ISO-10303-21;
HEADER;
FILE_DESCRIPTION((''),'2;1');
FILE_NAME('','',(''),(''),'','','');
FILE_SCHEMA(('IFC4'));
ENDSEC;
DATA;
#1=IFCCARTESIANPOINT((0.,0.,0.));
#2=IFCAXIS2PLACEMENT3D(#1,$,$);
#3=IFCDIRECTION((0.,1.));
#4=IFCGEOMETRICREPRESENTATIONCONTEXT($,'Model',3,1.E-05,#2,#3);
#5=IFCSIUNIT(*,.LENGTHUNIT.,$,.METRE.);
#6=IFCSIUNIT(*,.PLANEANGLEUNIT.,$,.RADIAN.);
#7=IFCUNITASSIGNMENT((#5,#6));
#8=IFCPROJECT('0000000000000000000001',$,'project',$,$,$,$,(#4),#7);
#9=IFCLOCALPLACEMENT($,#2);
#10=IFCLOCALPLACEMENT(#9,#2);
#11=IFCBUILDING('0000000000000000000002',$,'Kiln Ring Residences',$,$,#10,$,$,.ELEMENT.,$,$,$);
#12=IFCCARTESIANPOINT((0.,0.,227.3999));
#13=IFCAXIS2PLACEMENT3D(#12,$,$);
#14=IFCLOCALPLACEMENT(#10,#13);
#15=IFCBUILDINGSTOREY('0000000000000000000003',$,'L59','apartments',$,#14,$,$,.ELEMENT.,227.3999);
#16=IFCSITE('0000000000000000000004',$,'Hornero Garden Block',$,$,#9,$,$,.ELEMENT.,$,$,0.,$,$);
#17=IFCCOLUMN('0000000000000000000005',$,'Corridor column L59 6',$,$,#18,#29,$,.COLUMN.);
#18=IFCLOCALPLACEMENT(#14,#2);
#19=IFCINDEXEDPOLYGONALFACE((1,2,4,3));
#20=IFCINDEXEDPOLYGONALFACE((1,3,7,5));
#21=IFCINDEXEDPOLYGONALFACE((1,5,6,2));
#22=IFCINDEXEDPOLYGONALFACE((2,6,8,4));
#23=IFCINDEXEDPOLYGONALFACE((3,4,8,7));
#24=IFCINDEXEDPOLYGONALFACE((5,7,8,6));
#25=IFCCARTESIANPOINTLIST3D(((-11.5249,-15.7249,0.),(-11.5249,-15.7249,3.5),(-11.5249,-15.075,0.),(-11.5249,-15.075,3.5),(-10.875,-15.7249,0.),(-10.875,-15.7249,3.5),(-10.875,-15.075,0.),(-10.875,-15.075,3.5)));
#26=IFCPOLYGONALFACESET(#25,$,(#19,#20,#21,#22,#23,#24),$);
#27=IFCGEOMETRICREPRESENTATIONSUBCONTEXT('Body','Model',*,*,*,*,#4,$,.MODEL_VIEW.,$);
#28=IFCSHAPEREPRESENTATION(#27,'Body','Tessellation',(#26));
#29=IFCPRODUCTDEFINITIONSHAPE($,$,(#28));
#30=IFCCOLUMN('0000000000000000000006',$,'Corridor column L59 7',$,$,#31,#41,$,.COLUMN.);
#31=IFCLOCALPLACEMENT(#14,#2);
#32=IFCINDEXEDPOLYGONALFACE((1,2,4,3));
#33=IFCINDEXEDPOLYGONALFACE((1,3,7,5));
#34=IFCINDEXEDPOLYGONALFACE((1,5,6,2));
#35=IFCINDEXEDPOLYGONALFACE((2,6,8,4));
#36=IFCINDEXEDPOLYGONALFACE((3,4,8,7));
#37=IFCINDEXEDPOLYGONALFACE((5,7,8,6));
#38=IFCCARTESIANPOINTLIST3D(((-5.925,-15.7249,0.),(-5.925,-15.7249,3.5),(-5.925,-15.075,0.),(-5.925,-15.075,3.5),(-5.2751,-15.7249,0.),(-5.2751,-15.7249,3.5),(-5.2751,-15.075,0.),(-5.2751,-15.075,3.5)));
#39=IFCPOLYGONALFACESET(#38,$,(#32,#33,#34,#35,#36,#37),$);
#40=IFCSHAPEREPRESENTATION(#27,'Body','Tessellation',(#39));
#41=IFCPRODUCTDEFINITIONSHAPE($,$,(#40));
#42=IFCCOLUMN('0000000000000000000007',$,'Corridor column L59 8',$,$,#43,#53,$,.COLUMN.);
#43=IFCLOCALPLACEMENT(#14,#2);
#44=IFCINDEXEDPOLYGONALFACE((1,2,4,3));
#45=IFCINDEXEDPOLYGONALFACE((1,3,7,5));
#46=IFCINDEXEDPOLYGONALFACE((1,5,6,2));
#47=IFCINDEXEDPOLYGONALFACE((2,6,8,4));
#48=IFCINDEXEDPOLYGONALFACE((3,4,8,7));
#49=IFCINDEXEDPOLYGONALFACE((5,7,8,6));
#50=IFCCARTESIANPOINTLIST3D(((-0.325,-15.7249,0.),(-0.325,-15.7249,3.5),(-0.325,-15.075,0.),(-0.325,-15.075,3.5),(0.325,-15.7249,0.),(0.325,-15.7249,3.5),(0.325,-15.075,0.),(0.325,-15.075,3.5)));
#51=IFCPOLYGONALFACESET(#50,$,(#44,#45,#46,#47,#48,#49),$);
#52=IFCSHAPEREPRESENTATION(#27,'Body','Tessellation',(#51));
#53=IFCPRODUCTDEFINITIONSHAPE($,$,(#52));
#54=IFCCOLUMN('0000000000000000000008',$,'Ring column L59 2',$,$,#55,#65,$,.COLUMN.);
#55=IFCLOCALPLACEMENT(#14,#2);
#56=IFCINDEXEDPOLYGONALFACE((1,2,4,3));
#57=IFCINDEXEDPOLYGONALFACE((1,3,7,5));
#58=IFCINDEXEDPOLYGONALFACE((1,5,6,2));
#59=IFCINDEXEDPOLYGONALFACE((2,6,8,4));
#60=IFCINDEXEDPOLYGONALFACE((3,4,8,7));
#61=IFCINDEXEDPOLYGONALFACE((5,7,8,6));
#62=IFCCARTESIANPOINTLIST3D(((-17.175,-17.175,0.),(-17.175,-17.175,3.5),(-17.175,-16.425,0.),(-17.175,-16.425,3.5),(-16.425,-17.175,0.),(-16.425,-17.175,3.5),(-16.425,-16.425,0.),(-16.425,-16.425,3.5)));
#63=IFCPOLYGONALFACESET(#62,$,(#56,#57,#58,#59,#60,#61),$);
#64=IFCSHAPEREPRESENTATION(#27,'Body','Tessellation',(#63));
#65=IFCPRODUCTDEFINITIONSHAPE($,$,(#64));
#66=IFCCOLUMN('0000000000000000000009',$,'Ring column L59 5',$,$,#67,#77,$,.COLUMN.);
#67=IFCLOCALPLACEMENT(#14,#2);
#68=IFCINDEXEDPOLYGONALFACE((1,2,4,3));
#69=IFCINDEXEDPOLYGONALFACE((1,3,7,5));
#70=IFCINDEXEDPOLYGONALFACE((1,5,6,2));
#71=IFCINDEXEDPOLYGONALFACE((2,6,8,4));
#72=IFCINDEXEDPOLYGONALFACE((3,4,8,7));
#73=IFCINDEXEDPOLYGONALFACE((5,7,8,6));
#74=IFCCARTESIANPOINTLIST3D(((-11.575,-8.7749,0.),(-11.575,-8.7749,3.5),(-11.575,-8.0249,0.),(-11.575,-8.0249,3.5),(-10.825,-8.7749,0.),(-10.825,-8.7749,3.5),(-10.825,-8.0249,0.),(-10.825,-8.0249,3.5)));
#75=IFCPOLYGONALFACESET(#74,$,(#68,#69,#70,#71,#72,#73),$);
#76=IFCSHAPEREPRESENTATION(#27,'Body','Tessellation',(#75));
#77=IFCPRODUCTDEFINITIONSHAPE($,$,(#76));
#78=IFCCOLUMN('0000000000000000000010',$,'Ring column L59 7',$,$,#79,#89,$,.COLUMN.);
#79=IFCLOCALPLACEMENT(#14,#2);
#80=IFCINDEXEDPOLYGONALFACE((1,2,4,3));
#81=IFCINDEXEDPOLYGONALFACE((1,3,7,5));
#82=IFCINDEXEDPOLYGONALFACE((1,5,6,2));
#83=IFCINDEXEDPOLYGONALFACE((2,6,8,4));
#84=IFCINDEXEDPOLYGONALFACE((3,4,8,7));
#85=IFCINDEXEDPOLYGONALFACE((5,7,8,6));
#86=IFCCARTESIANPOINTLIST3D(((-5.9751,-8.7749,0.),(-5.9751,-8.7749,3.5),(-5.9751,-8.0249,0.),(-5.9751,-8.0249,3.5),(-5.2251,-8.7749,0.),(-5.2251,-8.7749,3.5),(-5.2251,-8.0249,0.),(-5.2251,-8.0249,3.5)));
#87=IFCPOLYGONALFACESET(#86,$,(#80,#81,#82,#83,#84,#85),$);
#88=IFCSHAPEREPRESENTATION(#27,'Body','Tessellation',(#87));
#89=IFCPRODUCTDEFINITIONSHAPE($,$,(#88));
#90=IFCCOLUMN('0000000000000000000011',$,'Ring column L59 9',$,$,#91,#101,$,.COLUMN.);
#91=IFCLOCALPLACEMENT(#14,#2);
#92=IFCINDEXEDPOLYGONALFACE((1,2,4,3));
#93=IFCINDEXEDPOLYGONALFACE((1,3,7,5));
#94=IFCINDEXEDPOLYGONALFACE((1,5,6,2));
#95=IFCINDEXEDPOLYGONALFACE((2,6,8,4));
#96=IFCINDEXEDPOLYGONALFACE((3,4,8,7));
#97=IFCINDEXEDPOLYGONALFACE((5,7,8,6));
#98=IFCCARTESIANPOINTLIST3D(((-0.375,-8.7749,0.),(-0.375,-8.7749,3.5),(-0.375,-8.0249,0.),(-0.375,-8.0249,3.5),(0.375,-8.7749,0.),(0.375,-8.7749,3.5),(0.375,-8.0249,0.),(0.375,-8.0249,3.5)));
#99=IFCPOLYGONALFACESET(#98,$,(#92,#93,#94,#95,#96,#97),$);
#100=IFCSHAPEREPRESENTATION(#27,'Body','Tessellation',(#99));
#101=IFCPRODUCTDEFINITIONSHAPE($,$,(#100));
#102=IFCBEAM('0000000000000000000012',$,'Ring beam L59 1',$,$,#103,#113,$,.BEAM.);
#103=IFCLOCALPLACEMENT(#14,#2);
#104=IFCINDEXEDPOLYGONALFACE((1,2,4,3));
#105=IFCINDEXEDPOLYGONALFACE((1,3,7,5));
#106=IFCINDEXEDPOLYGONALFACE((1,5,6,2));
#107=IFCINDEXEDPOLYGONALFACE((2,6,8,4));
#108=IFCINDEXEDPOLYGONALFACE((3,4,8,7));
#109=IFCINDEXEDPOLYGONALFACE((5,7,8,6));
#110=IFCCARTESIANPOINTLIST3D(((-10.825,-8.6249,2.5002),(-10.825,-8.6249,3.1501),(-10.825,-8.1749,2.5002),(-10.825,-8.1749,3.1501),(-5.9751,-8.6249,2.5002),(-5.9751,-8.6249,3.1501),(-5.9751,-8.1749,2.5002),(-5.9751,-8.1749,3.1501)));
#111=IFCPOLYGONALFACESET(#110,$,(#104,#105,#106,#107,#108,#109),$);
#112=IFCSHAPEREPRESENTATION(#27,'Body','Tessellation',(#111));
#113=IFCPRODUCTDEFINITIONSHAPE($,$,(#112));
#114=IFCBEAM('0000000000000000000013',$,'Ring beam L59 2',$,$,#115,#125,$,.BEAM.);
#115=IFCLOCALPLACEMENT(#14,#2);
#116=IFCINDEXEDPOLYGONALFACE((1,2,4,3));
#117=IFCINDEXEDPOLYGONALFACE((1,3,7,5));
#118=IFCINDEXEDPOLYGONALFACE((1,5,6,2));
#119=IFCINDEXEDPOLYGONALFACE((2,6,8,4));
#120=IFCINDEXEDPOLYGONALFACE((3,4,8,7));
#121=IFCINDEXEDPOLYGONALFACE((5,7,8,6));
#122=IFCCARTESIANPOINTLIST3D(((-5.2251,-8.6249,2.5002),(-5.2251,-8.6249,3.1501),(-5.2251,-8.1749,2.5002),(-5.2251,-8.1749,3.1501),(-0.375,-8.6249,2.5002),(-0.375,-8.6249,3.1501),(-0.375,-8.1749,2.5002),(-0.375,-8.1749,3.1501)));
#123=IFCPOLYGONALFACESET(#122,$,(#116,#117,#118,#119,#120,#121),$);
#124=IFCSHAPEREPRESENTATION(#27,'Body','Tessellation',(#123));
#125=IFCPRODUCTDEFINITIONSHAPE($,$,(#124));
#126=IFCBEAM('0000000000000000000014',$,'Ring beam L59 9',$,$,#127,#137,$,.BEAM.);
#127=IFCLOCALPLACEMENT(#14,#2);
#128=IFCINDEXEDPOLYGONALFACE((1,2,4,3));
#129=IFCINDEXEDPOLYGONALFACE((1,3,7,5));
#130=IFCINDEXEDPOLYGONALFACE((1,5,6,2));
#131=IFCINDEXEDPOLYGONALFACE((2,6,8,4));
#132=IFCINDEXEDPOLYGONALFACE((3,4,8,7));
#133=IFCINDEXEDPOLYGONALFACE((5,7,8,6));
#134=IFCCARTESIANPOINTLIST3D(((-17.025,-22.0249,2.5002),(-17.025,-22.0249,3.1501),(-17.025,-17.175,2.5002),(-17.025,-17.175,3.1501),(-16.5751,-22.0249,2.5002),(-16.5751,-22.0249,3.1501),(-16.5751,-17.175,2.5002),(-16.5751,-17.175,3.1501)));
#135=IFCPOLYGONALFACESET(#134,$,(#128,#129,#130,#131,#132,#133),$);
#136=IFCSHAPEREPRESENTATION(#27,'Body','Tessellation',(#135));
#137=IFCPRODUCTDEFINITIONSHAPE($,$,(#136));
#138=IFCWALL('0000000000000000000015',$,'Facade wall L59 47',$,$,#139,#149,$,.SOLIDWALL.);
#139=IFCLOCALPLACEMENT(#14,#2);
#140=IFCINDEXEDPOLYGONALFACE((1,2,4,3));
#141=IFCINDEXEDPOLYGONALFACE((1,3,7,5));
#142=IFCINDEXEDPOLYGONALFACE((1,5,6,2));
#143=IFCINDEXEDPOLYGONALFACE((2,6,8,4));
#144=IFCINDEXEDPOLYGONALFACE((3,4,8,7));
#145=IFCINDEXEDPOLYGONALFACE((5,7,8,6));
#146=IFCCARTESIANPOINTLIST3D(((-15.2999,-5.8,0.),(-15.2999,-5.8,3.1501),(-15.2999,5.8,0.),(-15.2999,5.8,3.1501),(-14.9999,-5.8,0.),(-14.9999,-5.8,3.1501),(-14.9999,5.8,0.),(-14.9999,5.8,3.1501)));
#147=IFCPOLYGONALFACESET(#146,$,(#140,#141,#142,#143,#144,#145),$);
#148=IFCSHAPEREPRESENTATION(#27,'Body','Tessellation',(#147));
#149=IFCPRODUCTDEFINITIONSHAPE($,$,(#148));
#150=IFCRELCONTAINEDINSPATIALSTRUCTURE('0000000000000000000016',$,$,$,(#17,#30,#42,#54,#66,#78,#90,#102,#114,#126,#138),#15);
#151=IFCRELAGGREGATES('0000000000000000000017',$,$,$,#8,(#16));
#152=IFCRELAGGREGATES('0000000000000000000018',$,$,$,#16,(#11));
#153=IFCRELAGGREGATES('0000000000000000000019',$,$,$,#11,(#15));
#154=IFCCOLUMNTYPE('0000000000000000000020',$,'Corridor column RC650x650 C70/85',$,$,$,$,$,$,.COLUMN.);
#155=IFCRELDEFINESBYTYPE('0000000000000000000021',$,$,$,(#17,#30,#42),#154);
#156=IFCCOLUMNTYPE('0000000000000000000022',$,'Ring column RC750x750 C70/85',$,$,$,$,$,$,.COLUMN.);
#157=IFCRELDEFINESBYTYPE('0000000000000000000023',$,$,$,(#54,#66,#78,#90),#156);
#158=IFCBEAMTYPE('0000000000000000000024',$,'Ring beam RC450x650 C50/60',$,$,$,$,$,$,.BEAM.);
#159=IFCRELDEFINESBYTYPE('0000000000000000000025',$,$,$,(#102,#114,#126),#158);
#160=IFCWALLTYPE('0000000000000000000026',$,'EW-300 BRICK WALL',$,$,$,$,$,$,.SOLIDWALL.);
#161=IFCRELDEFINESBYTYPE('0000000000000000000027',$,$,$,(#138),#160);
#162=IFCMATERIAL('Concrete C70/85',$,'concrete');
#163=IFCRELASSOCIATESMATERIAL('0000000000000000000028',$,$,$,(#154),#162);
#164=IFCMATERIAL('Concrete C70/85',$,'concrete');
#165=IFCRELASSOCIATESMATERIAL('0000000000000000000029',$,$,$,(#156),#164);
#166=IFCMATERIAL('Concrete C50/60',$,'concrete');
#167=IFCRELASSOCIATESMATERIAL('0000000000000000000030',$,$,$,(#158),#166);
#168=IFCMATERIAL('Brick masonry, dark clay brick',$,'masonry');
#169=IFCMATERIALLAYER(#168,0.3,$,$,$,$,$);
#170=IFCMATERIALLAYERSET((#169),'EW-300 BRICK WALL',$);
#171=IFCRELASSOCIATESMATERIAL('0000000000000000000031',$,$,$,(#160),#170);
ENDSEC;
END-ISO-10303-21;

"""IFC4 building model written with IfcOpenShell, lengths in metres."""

from ifc_helpers import new_model, si_unit, direction, frame, frame_2d, origin, origin_2d, place, context, subcontext, project, spatial, rectangle, extrude, material, layer, layer_set, material_profile, profile_set, type_object, element, save


model = new_model("IFC4")

# Units and contexts
model_context = context("Model", 3, precision=1e-05, world=origin(), true_north=direction((0.0, 1.0)))
body_context = subcontext(model_context, "Body", "Model", "MODEL_VIEW")
ifc_project = project(units=[si_unit("LENGTHUNIT", "METRE"), si_unit("PLANEANGLEUNIT", "RADIAN")], contexts=[model_context])

# Site, building, storey
site_placement = place(None, origin())
site = spatial("IfcSite", under=ifc_project, at=site_placement, Name="Hornero Garden Block", CompositionType="ELEMENT", RefElevation=0.0)
building_placement = place(site_placement, origin())
building = spatial("IfcBuilding", under=site, at=building_placement, Name="Kiln Ring Residences", CompositionType="ELEMENT")
storey_placement = place(building_placement, frame((0.0, 0.0, 227.3999)))
storey = spatial("IfcBuildingStorey", under=building, at=storey_placement, Name="L59", Description="apartments", CompositionType="ELEMENT", Elevation=227.3999)

# Columns
ifc_material_1 = material(Name="Concrete C70/85", Category="concrete")
ifc_material_profile_1 = material_profile(ifc_material_1, rectangle(XDim=0.6499, YDim=0.6499, at=origin_2d()), Name="RC650x650")
ifc_profile_set_1 = profile_set([ifc_material_profile_1], Name="Concrete C70/85")
column_type_1 = type_object("IfcColumnType", Name="Corridor column RC650x650 C70/85", PredefinedType="COLUMN", material=ifc_profile_set_1)
for number, where, z_axis, x_axis, name in (
    (1, (-11.2, -15.3999, 0.0), (0.0, 0.0, 1.0), (1.0, 0.0, 0.0), "Corridor column L59 6"),
    (2, (-5.6001, -15.3999, 0.0), (0.0, 0.0, 1.0), (1.0, 0.0, 0.0), "Corridor column L59 7"),
    (3, (0.0, -15.3999, 0.0), (0.0, 0.0, 1.0), (1.0, 0.0, 0.0), "Corridor column L59 8"),
):
    element("IfcColumn", number, at=place(storey_placement, frame(where, z_axis=z_axis, x_axis=x_axis)), inside=storey, type_object=column_type_1, Name=name, PredefinedType="COLUMN", context=body_context, shape_type="SweptSolid", body=[
        extrude(rectangle(XDim=0.6499, YDim=0.6499, at=origin_2d()), origin(), (0.0, 0.0, 1.0), 3.5),
    ])
ifc_material_2 = material(Name="Concrete C70/85", Category="concrete")
ifc_material_profile_2 = material_profile(ifc_material_2, rectangle(XDim=0.75, YDim=0.75, at=origin_2d()), Name="RC750x750")
ifc_profile_set_2 = profile_set([ifc_material_profile_2], Name="Concrete C70/85")
column_type_2 = type_object("IfcColumnType", Name="Ring column RC750x750 C70/85", PredefinedType="COLUMN", material=ifc_profile_set_2)
for number, where, z_axis, x_axis, name in (
    (4, (-16.8, -16.8, 0.0), (0.0, 0.0, 1.0), (1.0, 0.0, 0.0), "Ring column L59 2"),
    (5, (-11.2, -8.3999, 0.0), (0.0, 0.0, 1.0), (1.0, 0.0, 0.0), "Ring column L59 5"),
    (6, (-5.6001, -8.3999, 0.0), (0.0, 0.0, 1.0), (1.0, 0.0, 0.0), "Ring column L59 7"),
    (7, (0.0, -8.3999, 0.0), (0.0, 0.0, 1.0), (1.0, 0.0, 0.0), "Ring column L59 9"),
):
    element("IfcColumn", number, at=place(storey_placement, frame(where, z_axis=z_axis, x_axis=x_axis)), inside=storey, type_object=column_type_2, Name=name, PredefinedType="COLUMN", context=body_context, shape_type="SweptSolid", body=[
        extrude(rectangle(XDim=0.75, YDim=0.75, at=origin_2d()), origin(), (0.0, 0.0, 1.0), 3.5),
    ])

# Beams
ifc_material_3 = material(Name="Concrete C50/60", Category="concrete")
ifc_material_profile_3 = material_profile(ifc_material_3, rectangle(XDim=0.45, YDim=0.6499, at=origin_2d()), Name="RC450x650")
ifc_profile_set_3 = profile_set([ifc_material_profile_3], Name="Concrete C50/60")
beam_type = type_object("IfcBeamType", Name="Ring beam RC450x650 C50/60", PredefinedType="BEAM", material=ifc_profile_set_3)
beam_1_placement = place(storey_placement, frame((-10.825, -8.3999, 2.8252), z_axis=(1.0, 0.0, 0.0), x_axis=(0.0, 1.0, 0.0)))
element("IfcBeam", 8, at=beam_1_placement, inside=storey, type_object=beam_type, Name="Ring beam L59 1", PredefinedType="BEAM", context=body_context, shape_type="SweptSolid", body=[
    extrude(rectangle(XDim=0.45, YDim=0.6499, at=origin_2d()), origin(), (0.0, 0.0, 1.0), 4.8499),
])
beam_2_placement = place(storey_placement, frame((-5.2251, -8.3999, 2.8252), z_axis=(1.0, 0.0, 0.0), x_axis=(0.0, 1.0, 0.0)))
element("IfcBeam", 9, at=beam_2_placement, inside=storey, type_object=beam_type, Name="Ring beam L59 2", PredefinedType="BEAM", context=body_context, shape_type="SweptSolid", body=[
    extrude(rectangle(XDim=0.45, YDim=0.6499, at=origin_2d()), origin(), (0.0, 0.0, 1.0), 4.8501),
])
beam_3_placement = place(storey_placement, frame((-16.8, -17.175, 2.8252), z_axis=(0.0, -1.0, 0.0), x_axis=(1.0, 0.0, 0.0)))
element("IfcBeam", 10, at=beam_3_placement, inside=storey, type_object=beam_type, Name="Ring beam L59 9", PredefinedType="BEAM", context=body_context, shape_type="SweptSolid", body=[
    extrude(rectangle(XDim=0.45, YDim=0.6499, at=origin_2d()), origin(), (0.0, 0.0, 1.0), 4.8499),
])

# Wall
ifc_material_4 = material(Name="Brick masonry, dark clay brick", Category="masonry")
ifc_layer_1 = layer(ifc_material_4, 0.3)
ifc_layer_set_1 = layer_set([ifc_layer_1], Name="EW-300 BRICK WALL")
wall_type_1 = type_object("IfcWallType", Name="EW-300 BRICK WALL", PredefinedType="SOLIDWALL", material=ifc_layer_set_1)
wall_1_placement = place(storey_placement, frame((-15.1499, -5.8, 0.0), z_axis=(0.0, 0.0, 1.0), x_axis=(0.0, 1.0, 0.0)))
element("IfcWall", 11, at=wall_1_placement, inside=storey, type_object=wall_type_1, Name="Facade wall L59 47", PredefinedType="SOLIDWALL", context=body_context, shape_type="SweptSolid", body=[
    extrude(rectangle(XDim=11.6001, YDim=0.3, at=frame_2d((5.8, 0.0))), origin(), (0.0, 0.0, 1.0), 3.1501),
])

save(model, "model.ifc")
